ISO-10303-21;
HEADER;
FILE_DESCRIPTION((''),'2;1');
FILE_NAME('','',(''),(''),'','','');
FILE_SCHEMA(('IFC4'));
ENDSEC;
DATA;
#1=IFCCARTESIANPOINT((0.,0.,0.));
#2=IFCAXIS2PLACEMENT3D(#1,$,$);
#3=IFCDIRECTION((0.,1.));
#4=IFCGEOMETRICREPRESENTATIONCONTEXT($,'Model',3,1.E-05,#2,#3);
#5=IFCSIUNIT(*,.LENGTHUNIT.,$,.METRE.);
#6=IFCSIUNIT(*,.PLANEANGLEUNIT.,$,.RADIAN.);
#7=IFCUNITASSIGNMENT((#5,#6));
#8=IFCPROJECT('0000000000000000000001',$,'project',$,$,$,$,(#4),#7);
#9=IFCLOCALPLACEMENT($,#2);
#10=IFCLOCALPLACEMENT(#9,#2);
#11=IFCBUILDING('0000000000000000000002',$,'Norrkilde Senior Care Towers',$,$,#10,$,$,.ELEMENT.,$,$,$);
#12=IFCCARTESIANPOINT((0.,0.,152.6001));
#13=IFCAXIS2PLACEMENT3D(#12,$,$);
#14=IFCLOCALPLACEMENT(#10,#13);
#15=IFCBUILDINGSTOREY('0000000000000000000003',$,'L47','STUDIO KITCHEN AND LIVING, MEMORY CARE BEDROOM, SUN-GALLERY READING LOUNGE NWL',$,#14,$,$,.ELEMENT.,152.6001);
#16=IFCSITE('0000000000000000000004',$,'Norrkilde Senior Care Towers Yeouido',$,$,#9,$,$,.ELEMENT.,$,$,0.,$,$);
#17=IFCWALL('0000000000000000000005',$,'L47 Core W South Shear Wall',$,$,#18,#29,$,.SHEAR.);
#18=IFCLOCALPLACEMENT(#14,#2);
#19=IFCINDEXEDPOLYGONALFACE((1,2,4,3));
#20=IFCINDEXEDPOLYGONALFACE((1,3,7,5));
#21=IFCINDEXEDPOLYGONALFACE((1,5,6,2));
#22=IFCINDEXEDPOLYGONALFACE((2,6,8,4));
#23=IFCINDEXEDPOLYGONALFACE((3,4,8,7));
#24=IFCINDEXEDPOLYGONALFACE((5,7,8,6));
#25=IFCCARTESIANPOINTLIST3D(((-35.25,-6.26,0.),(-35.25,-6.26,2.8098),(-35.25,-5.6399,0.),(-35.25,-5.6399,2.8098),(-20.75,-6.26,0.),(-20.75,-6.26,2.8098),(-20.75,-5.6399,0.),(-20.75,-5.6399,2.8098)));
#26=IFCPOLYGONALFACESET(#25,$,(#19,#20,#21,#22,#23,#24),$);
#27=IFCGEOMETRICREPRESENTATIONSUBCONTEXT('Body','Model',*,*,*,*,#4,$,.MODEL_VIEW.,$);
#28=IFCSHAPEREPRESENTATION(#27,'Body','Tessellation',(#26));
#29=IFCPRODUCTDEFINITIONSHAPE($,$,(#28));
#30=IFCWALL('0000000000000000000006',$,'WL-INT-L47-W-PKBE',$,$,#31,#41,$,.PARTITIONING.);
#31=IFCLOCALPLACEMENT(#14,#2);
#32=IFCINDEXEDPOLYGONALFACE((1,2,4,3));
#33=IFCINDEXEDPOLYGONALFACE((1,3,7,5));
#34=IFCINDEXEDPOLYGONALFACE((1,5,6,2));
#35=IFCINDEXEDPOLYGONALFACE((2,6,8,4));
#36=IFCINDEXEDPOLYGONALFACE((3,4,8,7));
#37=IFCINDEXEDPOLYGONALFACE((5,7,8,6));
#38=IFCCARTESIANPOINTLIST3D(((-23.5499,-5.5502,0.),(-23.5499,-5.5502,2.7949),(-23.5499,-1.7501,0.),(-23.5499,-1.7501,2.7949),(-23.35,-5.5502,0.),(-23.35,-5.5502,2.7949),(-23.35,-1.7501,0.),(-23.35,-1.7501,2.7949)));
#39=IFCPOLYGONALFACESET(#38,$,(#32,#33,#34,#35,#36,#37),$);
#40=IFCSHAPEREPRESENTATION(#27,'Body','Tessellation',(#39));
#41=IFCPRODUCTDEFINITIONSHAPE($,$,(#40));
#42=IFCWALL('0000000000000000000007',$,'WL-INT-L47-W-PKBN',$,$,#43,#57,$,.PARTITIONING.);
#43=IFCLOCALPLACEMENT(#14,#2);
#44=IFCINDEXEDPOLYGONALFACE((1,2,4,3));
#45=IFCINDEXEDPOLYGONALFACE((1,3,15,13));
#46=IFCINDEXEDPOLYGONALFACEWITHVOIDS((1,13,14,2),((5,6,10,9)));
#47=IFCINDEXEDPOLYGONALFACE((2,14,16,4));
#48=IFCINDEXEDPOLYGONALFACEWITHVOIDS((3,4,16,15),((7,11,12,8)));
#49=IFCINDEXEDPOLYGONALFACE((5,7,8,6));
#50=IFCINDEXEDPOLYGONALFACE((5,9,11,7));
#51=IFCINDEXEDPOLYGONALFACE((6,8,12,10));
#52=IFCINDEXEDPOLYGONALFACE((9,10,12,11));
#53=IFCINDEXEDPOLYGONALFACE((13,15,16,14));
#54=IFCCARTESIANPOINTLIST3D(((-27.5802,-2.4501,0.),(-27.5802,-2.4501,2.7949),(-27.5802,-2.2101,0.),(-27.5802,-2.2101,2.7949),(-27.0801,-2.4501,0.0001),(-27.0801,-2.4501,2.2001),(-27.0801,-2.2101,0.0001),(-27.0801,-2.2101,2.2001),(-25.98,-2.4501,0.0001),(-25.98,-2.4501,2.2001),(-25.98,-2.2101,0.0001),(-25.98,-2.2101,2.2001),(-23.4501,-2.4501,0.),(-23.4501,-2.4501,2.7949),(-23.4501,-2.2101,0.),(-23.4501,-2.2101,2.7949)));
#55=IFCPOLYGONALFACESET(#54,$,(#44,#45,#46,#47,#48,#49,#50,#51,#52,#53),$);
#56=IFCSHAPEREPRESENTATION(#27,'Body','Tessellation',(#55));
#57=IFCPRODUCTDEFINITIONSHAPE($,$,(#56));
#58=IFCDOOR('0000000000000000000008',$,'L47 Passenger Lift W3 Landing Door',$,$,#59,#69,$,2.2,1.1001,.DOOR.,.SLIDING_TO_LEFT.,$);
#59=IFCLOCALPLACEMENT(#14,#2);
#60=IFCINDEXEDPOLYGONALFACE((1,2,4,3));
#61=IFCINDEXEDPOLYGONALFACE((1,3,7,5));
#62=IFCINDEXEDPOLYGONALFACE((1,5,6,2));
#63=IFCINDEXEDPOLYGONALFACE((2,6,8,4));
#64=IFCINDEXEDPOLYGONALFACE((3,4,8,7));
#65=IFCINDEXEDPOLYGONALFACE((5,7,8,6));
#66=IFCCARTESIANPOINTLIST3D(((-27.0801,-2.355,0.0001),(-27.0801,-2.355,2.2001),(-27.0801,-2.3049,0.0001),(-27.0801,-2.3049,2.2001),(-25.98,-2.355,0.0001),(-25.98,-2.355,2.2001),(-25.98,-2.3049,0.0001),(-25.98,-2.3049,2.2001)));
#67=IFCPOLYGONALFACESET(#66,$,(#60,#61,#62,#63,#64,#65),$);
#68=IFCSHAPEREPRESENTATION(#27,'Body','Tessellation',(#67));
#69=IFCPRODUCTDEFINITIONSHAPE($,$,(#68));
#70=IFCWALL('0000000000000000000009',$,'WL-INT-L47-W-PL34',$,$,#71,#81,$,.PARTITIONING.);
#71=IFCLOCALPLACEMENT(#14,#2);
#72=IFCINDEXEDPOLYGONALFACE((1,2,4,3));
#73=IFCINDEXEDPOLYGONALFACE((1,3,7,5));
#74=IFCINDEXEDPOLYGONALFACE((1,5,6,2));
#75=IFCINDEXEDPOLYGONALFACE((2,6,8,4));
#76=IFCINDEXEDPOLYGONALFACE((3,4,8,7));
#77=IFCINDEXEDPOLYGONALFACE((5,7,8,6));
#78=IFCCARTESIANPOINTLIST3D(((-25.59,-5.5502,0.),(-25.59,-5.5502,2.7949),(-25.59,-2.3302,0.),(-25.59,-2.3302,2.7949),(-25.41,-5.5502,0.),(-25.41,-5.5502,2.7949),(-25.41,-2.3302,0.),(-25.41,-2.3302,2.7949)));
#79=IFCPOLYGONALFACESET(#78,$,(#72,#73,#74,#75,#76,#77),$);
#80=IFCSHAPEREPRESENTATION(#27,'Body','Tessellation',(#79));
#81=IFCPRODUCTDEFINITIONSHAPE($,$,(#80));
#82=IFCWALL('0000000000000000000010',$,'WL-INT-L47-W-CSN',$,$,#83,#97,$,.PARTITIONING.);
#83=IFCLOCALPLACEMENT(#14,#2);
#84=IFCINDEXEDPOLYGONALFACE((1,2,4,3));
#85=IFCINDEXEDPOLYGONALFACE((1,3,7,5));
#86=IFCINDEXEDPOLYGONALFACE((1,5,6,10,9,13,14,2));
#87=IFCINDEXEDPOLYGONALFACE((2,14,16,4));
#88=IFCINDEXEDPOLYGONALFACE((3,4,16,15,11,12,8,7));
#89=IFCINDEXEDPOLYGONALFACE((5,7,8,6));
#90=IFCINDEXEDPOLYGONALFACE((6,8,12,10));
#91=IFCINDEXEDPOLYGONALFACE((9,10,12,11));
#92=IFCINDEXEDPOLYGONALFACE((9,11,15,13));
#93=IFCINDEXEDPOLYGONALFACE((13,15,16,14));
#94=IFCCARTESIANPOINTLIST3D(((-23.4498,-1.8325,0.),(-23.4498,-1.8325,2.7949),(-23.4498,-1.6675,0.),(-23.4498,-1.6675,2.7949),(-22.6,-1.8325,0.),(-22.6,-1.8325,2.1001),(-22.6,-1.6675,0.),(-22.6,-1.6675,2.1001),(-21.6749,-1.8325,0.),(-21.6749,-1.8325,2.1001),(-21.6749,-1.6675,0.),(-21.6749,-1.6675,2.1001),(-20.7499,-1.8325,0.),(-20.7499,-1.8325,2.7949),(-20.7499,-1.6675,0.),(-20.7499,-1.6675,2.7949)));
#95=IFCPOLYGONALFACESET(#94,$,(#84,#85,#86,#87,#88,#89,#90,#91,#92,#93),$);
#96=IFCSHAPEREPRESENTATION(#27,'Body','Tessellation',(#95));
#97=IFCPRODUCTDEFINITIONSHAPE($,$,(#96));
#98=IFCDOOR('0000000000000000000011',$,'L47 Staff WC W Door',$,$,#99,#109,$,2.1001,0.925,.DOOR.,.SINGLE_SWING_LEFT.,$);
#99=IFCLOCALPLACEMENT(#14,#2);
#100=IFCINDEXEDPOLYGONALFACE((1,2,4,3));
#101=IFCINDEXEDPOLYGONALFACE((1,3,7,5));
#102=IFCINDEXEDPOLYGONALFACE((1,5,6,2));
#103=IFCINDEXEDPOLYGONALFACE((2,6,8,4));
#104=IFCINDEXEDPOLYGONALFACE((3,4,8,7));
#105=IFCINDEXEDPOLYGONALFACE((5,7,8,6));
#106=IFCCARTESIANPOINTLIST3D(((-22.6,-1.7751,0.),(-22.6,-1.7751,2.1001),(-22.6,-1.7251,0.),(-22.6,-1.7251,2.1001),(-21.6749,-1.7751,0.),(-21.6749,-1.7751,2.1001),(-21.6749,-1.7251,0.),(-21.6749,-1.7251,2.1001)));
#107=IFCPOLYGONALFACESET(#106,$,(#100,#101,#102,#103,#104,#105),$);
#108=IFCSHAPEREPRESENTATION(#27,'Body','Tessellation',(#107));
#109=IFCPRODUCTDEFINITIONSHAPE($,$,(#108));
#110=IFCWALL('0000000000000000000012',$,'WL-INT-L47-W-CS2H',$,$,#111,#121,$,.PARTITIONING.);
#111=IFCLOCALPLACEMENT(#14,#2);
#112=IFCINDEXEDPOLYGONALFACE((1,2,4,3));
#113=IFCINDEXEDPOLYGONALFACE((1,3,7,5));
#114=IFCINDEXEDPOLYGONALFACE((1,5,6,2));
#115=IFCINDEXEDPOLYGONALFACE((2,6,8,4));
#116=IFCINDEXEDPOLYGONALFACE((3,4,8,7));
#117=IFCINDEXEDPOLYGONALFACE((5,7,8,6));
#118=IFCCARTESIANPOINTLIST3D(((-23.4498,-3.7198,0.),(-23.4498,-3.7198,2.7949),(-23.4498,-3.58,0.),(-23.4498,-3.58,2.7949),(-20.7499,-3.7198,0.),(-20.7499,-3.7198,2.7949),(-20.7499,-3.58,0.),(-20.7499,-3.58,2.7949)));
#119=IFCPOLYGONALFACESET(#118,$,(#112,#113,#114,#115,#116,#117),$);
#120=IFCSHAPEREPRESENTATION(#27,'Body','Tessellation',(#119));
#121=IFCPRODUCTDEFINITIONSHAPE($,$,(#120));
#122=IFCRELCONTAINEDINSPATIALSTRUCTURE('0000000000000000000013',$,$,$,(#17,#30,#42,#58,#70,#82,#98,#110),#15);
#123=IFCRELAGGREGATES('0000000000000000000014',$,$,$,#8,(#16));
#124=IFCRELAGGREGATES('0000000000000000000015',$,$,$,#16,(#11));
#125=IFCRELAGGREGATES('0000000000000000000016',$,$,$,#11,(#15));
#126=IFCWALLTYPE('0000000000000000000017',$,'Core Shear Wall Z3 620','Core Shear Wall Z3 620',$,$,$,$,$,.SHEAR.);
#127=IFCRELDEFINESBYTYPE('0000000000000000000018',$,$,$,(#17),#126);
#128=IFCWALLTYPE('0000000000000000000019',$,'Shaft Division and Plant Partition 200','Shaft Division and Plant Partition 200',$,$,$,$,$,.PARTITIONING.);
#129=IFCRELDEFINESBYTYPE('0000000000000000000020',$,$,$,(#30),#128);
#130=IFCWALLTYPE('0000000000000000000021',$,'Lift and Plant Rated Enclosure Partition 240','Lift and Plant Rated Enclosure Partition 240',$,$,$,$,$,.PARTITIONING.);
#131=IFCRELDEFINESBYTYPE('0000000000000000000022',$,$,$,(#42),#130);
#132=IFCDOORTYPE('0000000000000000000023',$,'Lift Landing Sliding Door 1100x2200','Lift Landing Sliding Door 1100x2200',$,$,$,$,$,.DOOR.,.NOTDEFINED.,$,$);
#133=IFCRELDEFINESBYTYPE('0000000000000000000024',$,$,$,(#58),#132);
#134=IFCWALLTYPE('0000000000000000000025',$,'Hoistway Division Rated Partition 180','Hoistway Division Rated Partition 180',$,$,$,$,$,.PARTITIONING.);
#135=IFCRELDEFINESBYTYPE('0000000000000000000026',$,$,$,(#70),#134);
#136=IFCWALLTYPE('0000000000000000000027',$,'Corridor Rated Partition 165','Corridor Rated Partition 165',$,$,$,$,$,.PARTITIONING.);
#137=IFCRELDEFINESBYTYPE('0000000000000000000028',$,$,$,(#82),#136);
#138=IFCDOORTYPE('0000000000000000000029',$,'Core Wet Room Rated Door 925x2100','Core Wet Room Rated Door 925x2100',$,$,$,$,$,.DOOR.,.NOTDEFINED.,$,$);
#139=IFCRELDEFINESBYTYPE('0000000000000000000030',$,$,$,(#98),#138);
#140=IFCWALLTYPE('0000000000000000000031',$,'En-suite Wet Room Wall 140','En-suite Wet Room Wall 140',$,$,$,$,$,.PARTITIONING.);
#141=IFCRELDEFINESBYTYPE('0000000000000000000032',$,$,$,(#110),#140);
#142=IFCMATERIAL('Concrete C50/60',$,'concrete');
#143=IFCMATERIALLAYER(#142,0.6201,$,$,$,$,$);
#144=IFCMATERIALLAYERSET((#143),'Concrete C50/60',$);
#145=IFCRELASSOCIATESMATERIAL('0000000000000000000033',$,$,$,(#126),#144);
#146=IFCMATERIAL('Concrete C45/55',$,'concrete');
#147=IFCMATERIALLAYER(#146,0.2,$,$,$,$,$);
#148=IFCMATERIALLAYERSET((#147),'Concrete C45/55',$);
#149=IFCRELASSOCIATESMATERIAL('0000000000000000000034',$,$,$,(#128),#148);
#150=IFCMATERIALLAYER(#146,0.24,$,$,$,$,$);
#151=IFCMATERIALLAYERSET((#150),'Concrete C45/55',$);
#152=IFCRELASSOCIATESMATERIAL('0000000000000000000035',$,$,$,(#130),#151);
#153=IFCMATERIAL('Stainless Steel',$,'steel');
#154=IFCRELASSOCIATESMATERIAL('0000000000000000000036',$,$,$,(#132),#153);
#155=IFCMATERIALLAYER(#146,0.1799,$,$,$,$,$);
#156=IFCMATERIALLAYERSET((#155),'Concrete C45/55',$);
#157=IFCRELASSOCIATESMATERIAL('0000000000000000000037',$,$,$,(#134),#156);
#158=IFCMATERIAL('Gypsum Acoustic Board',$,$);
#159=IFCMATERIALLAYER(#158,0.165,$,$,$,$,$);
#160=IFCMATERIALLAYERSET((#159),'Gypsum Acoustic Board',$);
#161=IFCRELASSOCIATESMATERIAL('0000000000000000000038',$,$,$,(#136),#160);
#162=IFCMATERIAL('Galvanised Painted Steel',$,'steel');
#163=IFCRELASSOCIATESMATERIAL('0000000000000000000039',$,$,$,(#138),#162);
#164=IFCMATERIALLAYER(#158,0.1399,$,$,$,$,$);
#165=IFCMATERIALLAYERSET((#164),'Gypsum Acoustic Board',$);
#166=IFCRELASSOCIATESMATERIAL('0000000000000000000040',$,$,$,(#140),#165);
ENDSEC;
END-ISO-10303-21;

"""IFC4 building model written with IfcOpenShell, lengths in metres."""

from ifc_helpers import new_model, si_unit, direction, frame, frame_2d, origin, place, context, subcontext, project, spatial, rectangle, extrude, source, transform, mapped, material, layer, layer_set, type_object, type_shapes, element, fill, save


model = new_model("IFC4")

# Units and contexts
model_context = context("Model", 3, precision=1e-05, world=origin(), true_north=direction((0.0, 1.0)))
body_context = subcontext(model_context, "Body", "Model", "MODEL_VIEW")
ifc_project = project(units=[si_unit("LENGTHUNIT", "METRE"), si_unit("PLANEANGLEUNIT", "RADIAN")], contexts=[model_context])

# Site, building, storey
site_placement = place(None, origin())
site = spatial("IfcSite", under=ifc_project, at=site_placement, Name="Norrkilde Senior Care Towers Yeouido", CompositionType="ELEMENT", RefElevation=0.0)
building_placement = place(site_placement, origin())
building = spatial("IfcBuilding", under=site, at=building_placement, Name="Norrkilde Senior Care Towers", CompositionType="ELEMENT")
storey_placement = place(building_placement, frame((0.0, 0.0, 152.6001)))
storey = spatial("IfcBuildingStorey", under=building, at=storey_placement, Name="L47", Description="STUDIO KITCHEN AND LIVING, MEMORY CARE BEDROOM, SUN-GALLERY READING LOUNGE NWL", CompositionType="ELEMENT", Elevation=152.6001)

# Shared definitions
ifc_material_1 = material(Name="Concrete C50/60", Category="concrete")

# Wall
ifc_layer_1 = layer(ifc_material_1, 0.6201)
ifc_layer_set_1 = layer_set([ifc_layer_1], Name="Concrete C50/60")
wall_type_1 = type_object("IfcWallType", Name="Core Shear Wall Z3 620", Description="Core Shear Wall Z3 620", PredefinedType="SHEAR", material=ifc_layer_set_1)
shared_shape_1 = source(origin(), body_context, "Body", "SweptSolid", [
    extrude(rectangle(XDim=14.5, YDim=0.6201, at=frame_2d((7.25, 0.0))), origin(), (0.0, 0.0, 1.0), 2.8098),
])
type_shapes(wall_type_1, [shared_shape_1])
wall_1_placement = place(storey_placement, frame((-20.75, -5.95, 0.0), z_axis=(0.0, 0.0, 1.0), x_axis=(-1.0, 0.0, 0.0)))
element("IfcWall", 1, at=wall_1_placement, inside=storey, type_object=wall_type_1, Name="L47 Core W South Shear Wall", PredefinedType="SHEAR", context=body_context, shape_type="MappedRepresentation", body=[
    mapped(shared_shape_1, transform((0.0, 0.0, 0.0), x_axis=(1.0, 0.0, 0.0), y_axis=(0.0, 1.0, 0.0), z_axis=(0.0, 0.0, 1.0), scale=1.0)),
])

# Shared definitions
ifc_material_2 = material(Name="Concrete C45/55", Category="concrete")
ifc_material_3 = material(Name="Galvanised Painted Steel", Category="steel")

# Wall
ifc_layer_2 = layer(ifc_material_2, 0.2)
ifc_layer_set_2 = layer_set([ifc_layer_2], Name="Concrete C45/55")
wall_type_2 = type_object("IfcWallType", Name="Shaft Division and Plant Partition 200", Description="Shaft Division and Plant Partition 200", PredefinedType="PARTITIONING", material=ifc_layer_set_2)
shared_shape_2 = source(origin(), body_context, "Body", "SweptSolid", [
    extrude(rectangle(XDim=3.8, YDim=0.2, at=frame_2d((1.8999, 0.0))), origin(), (0.0, 0.0, 1.0), 2.7949),
])
type_shapes(wall_type_2, [shared_shape_2])
wall_2_placement = place(storey_placement, frame((-23.45, -5.55, 0.0), z_axis=(0.0, 0.0, 1.0), x_axis=(0.0, 1.0, 0.0)))
element("IfcWall", 2, at=wall_2_placement, inside=storey, type_object=wall_type_2, Name="WL-INT-L47-W-PKBE", PredefinedType="PARTITIONING", context=body_context, shape_type="MappedRepresentation", body=[
    mapped(shared_shape_2, transform((0.0, 0.0, 0.0), x_axis=(1.0, 0.0, 0.0), y_axis=(0.0, 1.0, 0.0), z_axis=(0.0, 0.0, 1.0), scale=1.0)),
])

# Wall, opening, door
ifc_layer_3 = layer(ifc_material_2, 0.24)
ifc_layer_set_3 = layer_set([ifc_layer_3], Name="Concrete C45/55")
wall_type_3 = type_object("IfcWallType", Name="Lift and Plant Rated Enclosure Partition 240", Description="Lift and Plant Rated Enclosure Partition 240", PredefinedType="PARTITIONING", material=ifc_layer_set_3)
shared_shape_3 = source(origin(), body_context, "Body", "SweptSolid", [
    extrude(rectangle(XDim=4.1301, YDim=0.24, at=frame_2d((2.0649, 0.0))), origin(), (0.0, 0.0, 1.0), 2.7949),
])
type_shapes(wall_type_3, [shared_shape_3])
wall_3_placement = place(storey_placement, frame((-27.5801, -2.3301, 0.0), z_axis=(0.0, 0.0, 1.0), x_axis=(1.0, 0.0, 0.0)))
wall_3 = element("IfcWall", 3, at=wall_3_placement, inside=storey, type_object=wall_type_3, Name="WL-INT-L47-W-PKBN", PredefinedType="PARTITIONING", context=body_context, shape_type="MappedRepresentation", body=[
    mapped(shared_shape_3, transform((0.0, 0.0, 0.0), x_axis=(1.0, 0.0, 0.0), y_axis=(0.0, 1.0, 0.0), z_axis=(0.0, 0.0, 1.0), scale=1.0)),
])
opening_1_placement = place(wall_3_placement, frame((0.5, 0.0, 0.0)))
opening_1 = element("IfcOpeningElement", 4, at=opening_1_placement, cuts=wall_3, PredefinedType="OPENING", context=body_context, shape_type="SweptSolid", body=[
    extrude(rectangle(XDim=1.1001, YDim=2.2, at=frame_2d((0.55, 1.1001))), frame((0.0, 0.1299, 0.0), z_axis=(0.0, -1.0, 0.0), x_axis=(1.0, 0.0, 0.0)), (0.0, 0.0, 1.0), 0.26),
])
ifc_material_4 = material(Name="Stainless Steel", Category="steel")
door_type_1 = type_object("IfcDoorType", Name="Lift Landing Sliding Door 1100x2200", Description="Lift Landing Sliding Door 1100x2200", OperationType="NOTDEFINED", PredefinedType="DOOR", material=ifc_material_4)
shared_shape_4 = source(origin(), body_context, "Body", "SweptSolid", [
    extrude(rectangle(XDim=1.1001, YDim=2.2, at=frame_2d((0.55, 1.1001))), frame((0.0, 0.0249, 0.0), z_axis=(0.0, -1.0, 0.0), x_axis=(1.0, 0.0, 0.0)), (0.0, 0.0, 1.0), 0.05),
])
type_shapes(door_type_1, [shared_shape_4])
door_1_placement = place(opening_1_placement, frame((1.1001, 0.0, 0.0), z_axis=(0.0, 0.0, 1.0), x_axis=(-1.0, 0.0, 0.0)))
door_1 = element("IfcDoor", 5, at=door_1_placement, inside=storey, type_object=door_type_1, Name="L47 Passenger Lift W3 Landing Door", OperationType="SLIDING_TO_LEFT", OverallHeight=2.2, OverallWidth=1.1001, PredefinedType="DOOR", context=body_context, shape_type="MappedRepresentation", body=[
    mapped(shared_shape_4, transform((0.0, 0.0, 0.0), x_axis=(1.0, 0.0, 0.0), y_axis=(0.0, 1.0, 0.0), z_axis=(0.0, 0.0, 1.0), scale=1.0)),
])
fill(opening_1, door_1)

# Wall
ifc_layer_4 = layer(ifc_material_2, 0.1799)
ifc_layer_set_4 = layer_set([ifc_layer_4], Name="Concrete C45/55")
wall_type_4 = type_object("IfcWallType", Name="Hoistway Division Rated Partition 180", Description="Hoistway Division Rated Partition 180", PredefinedType="PARTITIONING", material=ifc_layer_set_4)
shared_shape_5 = source(origin(), body_context, "Body", "SweptSolid", [
    extrude(rectangle(XDim=3.22, YDim=0.1799, at=frame_2d((1.6099, 0.0))), origin(), (0.0, 0.0, 1.0), 2.7949),
])
type_shapes(wall_type_4, [shared_shape_5])
wall_4_placement = place(storey_placement, frame((-25.5, -5.55, 0.0), z_axis=(0.0, 0.0, 1.0), x_axis=(0.0, 1.0, 0.0)))
element("IfcWall", 6, at=wall_4_placement, inside=storey, type_object=wall_type_4, Name="WL-INT-L47-W-PL34", PredefinedType="PARTITIONING", context=body_context, shape_type="MappedRepresentation", body=[
    mapped(shared_shape_5, transform((0.0, 0.0, 0.0), x_axis=(1.0, 0.0, 0.0), y_axis=(0.0, 1.0, 0.0), z_axis=(0.0, 0.0, 1.0), scale=1.0)),
])

# Wall, opening, door
ifc_material_5 = material(Name="Gypsum Acoustic Board")
ifc_layer_5 = layer(ifc_material_5, 0.165)
ifc_layer_set_5 = layer_set([ifc_layer_5], Name="Gypsum Acoustic Board")
wall_type_5 = type_object("IfcWallType", Name="Corridor Rated Partition 165", Description="Corridor Rated Partition 165", PredefinedType="PARTITIONING", material=ifc_layer_set_5)
shared_shape_6 = source(origin(), body_context, "Body", "SweptSolid", [
    extrude(rectangle(XDim=2.7, YDim=0.165, at=frame_2d((1.3501, 0.0))), origin(), (0.0, 0.0, 1.0), 2.7949),
])
wall_5_placement = place(storey_placement, frame((-23.45, -1.75, 0.0), z_axis=(0.0, 0.0, 1.0), x_axis=(1.0, 0.0, 0.0)))
wall_5 = element("IfcWall", 7, at=wall_5_placement, inside=storey, type_object=wall_type_5, Name="WL-INT-L47-W-CSN", PredefinedType="PARTITIONING", context=body_context, shape_type="MappedRepresentation", body=[
    mapped(shared_shape_6, transform((0.0, 0.0, 0.0), x_axis=(1.0, 0.0, 0.0), y_axis=(0.0, 1.0, 0.0), z_axis=(0.0, 0.0, 1.0), scale=1.0)),
])
opening_2_placement = place(wall_5_placement, frame((0.8501, 0.0, 0.0)))
opening_2 = element("IfcOpeningElement", 8, at=opening_2_placement, cuts=wall_5, PredefinedType="OPENING", context=body_context, shape_type="SweptSolid", body=[
    extrude(rectangle(XDim=0.925, YDim=2.1001, at=frame_2d((0.4624, 1.05))), frame((0.0, 0.0925, 0.0), z_axis=(0.0, -1.0, 0.0), x_axis=(1.0, 0.0, 0.0)), (0.0, 0.0, 1.0), 0.1851),
])
door_type_2 = type_object("IfcDoorType", Name="Core Wet Room Rated Door 925x2100", Description="Core Wet Room Rated Door 925x2100", OperationType="NOTDEFINED", PredefinedType="DOOR", material=ifc_material_3)
shared_shape_7 = source(origin(), body_context, "Body", "SweptSolid", [
    extrude(rectangle(XDim=0.925, YDim=2.1001, at=frame_2d((0.4624, 1.05))), frame((0.0, 0.0249, 0.0), z_axis=(0.0, -1.0, 0.0), x_axis=(1.0, 0.0, 0.0)), (0.0, 0.0, 1.0), 0.05),
])
type_shapes(door_type_2, [shared_shape_7])
door_2_placement = place(opening_2_placement, origin())
door_2 = element("IfcDoor", 9, at=door_2_placement, inside=storey, type_object=door_type_2, Name="L47 Staff WC W Door", OperationType="SINGLE_SWING_LEFT", OverallHeight=2.1001, OverallWidth=0.925, PredefinedType="DOOR", context=body_context, shape_type="MappedRepresentation", body=[
    mapped(shared_shape_7, transform((0.0, 0.0, 0.0), x_axis=(1.0, 0.0, 0.0), y_axis=(0.0, 1.0, 0.0), z_axis=(0.0, 0.0, 1.0), scale=1.0)),
])
fill(opening_2, door_2)

# Wall
ifc_layer_6 = layer(ifc_material_5, 0.1399)
ifc_layer_set_6 = layer_set([ifc_layer_6], Name="Gypsum Acoustic Board")
wall_type_6 = type_object("IfcWallType", Name="En-suite Wet Room Wall 140", Description="En-suite Wet Room Wall 140", PredefinedType="PARTITIONING", material=ifc_layer_set_6)
shared_shape_8 = source(origin(), body_context, "Body", "SweptSolid", [
    extrude(rectangle(XDim=2.7, YDim=0.1399, at=frame_2d((1.3501, 0.0))), origin(), (0.0, 0.0, 1.0), 2.7949),
])
type_shapes(wall_type_6, [shared_shape_8])
wall_6_placement = place(storey_placement, frame((-23.45, -3.6499, 0.0), z_axis=(0.0, 0.0, 1.0), x_axis=(1.0, 0.0, 0.0)))
element("IfcWall", 10, at=wall_6_placement, inside=storey, type_object=wall_type_6, Name="WL-INT-L47-W-CS2H", PredefinedType="PARTITIONING", context=body_context, shape_type="MappedRepresentation", body=[
    mapped(shared_shape_8, transform((0.0, 0.0, 0.0), x_axis=(1.0, 0.0, 0.0), y_axis=(0.0, 1.0, 0.0), z_axis=(0.0, 0.0, 1.0), scale=1.0)),
])

save(model, "model.ifc")
